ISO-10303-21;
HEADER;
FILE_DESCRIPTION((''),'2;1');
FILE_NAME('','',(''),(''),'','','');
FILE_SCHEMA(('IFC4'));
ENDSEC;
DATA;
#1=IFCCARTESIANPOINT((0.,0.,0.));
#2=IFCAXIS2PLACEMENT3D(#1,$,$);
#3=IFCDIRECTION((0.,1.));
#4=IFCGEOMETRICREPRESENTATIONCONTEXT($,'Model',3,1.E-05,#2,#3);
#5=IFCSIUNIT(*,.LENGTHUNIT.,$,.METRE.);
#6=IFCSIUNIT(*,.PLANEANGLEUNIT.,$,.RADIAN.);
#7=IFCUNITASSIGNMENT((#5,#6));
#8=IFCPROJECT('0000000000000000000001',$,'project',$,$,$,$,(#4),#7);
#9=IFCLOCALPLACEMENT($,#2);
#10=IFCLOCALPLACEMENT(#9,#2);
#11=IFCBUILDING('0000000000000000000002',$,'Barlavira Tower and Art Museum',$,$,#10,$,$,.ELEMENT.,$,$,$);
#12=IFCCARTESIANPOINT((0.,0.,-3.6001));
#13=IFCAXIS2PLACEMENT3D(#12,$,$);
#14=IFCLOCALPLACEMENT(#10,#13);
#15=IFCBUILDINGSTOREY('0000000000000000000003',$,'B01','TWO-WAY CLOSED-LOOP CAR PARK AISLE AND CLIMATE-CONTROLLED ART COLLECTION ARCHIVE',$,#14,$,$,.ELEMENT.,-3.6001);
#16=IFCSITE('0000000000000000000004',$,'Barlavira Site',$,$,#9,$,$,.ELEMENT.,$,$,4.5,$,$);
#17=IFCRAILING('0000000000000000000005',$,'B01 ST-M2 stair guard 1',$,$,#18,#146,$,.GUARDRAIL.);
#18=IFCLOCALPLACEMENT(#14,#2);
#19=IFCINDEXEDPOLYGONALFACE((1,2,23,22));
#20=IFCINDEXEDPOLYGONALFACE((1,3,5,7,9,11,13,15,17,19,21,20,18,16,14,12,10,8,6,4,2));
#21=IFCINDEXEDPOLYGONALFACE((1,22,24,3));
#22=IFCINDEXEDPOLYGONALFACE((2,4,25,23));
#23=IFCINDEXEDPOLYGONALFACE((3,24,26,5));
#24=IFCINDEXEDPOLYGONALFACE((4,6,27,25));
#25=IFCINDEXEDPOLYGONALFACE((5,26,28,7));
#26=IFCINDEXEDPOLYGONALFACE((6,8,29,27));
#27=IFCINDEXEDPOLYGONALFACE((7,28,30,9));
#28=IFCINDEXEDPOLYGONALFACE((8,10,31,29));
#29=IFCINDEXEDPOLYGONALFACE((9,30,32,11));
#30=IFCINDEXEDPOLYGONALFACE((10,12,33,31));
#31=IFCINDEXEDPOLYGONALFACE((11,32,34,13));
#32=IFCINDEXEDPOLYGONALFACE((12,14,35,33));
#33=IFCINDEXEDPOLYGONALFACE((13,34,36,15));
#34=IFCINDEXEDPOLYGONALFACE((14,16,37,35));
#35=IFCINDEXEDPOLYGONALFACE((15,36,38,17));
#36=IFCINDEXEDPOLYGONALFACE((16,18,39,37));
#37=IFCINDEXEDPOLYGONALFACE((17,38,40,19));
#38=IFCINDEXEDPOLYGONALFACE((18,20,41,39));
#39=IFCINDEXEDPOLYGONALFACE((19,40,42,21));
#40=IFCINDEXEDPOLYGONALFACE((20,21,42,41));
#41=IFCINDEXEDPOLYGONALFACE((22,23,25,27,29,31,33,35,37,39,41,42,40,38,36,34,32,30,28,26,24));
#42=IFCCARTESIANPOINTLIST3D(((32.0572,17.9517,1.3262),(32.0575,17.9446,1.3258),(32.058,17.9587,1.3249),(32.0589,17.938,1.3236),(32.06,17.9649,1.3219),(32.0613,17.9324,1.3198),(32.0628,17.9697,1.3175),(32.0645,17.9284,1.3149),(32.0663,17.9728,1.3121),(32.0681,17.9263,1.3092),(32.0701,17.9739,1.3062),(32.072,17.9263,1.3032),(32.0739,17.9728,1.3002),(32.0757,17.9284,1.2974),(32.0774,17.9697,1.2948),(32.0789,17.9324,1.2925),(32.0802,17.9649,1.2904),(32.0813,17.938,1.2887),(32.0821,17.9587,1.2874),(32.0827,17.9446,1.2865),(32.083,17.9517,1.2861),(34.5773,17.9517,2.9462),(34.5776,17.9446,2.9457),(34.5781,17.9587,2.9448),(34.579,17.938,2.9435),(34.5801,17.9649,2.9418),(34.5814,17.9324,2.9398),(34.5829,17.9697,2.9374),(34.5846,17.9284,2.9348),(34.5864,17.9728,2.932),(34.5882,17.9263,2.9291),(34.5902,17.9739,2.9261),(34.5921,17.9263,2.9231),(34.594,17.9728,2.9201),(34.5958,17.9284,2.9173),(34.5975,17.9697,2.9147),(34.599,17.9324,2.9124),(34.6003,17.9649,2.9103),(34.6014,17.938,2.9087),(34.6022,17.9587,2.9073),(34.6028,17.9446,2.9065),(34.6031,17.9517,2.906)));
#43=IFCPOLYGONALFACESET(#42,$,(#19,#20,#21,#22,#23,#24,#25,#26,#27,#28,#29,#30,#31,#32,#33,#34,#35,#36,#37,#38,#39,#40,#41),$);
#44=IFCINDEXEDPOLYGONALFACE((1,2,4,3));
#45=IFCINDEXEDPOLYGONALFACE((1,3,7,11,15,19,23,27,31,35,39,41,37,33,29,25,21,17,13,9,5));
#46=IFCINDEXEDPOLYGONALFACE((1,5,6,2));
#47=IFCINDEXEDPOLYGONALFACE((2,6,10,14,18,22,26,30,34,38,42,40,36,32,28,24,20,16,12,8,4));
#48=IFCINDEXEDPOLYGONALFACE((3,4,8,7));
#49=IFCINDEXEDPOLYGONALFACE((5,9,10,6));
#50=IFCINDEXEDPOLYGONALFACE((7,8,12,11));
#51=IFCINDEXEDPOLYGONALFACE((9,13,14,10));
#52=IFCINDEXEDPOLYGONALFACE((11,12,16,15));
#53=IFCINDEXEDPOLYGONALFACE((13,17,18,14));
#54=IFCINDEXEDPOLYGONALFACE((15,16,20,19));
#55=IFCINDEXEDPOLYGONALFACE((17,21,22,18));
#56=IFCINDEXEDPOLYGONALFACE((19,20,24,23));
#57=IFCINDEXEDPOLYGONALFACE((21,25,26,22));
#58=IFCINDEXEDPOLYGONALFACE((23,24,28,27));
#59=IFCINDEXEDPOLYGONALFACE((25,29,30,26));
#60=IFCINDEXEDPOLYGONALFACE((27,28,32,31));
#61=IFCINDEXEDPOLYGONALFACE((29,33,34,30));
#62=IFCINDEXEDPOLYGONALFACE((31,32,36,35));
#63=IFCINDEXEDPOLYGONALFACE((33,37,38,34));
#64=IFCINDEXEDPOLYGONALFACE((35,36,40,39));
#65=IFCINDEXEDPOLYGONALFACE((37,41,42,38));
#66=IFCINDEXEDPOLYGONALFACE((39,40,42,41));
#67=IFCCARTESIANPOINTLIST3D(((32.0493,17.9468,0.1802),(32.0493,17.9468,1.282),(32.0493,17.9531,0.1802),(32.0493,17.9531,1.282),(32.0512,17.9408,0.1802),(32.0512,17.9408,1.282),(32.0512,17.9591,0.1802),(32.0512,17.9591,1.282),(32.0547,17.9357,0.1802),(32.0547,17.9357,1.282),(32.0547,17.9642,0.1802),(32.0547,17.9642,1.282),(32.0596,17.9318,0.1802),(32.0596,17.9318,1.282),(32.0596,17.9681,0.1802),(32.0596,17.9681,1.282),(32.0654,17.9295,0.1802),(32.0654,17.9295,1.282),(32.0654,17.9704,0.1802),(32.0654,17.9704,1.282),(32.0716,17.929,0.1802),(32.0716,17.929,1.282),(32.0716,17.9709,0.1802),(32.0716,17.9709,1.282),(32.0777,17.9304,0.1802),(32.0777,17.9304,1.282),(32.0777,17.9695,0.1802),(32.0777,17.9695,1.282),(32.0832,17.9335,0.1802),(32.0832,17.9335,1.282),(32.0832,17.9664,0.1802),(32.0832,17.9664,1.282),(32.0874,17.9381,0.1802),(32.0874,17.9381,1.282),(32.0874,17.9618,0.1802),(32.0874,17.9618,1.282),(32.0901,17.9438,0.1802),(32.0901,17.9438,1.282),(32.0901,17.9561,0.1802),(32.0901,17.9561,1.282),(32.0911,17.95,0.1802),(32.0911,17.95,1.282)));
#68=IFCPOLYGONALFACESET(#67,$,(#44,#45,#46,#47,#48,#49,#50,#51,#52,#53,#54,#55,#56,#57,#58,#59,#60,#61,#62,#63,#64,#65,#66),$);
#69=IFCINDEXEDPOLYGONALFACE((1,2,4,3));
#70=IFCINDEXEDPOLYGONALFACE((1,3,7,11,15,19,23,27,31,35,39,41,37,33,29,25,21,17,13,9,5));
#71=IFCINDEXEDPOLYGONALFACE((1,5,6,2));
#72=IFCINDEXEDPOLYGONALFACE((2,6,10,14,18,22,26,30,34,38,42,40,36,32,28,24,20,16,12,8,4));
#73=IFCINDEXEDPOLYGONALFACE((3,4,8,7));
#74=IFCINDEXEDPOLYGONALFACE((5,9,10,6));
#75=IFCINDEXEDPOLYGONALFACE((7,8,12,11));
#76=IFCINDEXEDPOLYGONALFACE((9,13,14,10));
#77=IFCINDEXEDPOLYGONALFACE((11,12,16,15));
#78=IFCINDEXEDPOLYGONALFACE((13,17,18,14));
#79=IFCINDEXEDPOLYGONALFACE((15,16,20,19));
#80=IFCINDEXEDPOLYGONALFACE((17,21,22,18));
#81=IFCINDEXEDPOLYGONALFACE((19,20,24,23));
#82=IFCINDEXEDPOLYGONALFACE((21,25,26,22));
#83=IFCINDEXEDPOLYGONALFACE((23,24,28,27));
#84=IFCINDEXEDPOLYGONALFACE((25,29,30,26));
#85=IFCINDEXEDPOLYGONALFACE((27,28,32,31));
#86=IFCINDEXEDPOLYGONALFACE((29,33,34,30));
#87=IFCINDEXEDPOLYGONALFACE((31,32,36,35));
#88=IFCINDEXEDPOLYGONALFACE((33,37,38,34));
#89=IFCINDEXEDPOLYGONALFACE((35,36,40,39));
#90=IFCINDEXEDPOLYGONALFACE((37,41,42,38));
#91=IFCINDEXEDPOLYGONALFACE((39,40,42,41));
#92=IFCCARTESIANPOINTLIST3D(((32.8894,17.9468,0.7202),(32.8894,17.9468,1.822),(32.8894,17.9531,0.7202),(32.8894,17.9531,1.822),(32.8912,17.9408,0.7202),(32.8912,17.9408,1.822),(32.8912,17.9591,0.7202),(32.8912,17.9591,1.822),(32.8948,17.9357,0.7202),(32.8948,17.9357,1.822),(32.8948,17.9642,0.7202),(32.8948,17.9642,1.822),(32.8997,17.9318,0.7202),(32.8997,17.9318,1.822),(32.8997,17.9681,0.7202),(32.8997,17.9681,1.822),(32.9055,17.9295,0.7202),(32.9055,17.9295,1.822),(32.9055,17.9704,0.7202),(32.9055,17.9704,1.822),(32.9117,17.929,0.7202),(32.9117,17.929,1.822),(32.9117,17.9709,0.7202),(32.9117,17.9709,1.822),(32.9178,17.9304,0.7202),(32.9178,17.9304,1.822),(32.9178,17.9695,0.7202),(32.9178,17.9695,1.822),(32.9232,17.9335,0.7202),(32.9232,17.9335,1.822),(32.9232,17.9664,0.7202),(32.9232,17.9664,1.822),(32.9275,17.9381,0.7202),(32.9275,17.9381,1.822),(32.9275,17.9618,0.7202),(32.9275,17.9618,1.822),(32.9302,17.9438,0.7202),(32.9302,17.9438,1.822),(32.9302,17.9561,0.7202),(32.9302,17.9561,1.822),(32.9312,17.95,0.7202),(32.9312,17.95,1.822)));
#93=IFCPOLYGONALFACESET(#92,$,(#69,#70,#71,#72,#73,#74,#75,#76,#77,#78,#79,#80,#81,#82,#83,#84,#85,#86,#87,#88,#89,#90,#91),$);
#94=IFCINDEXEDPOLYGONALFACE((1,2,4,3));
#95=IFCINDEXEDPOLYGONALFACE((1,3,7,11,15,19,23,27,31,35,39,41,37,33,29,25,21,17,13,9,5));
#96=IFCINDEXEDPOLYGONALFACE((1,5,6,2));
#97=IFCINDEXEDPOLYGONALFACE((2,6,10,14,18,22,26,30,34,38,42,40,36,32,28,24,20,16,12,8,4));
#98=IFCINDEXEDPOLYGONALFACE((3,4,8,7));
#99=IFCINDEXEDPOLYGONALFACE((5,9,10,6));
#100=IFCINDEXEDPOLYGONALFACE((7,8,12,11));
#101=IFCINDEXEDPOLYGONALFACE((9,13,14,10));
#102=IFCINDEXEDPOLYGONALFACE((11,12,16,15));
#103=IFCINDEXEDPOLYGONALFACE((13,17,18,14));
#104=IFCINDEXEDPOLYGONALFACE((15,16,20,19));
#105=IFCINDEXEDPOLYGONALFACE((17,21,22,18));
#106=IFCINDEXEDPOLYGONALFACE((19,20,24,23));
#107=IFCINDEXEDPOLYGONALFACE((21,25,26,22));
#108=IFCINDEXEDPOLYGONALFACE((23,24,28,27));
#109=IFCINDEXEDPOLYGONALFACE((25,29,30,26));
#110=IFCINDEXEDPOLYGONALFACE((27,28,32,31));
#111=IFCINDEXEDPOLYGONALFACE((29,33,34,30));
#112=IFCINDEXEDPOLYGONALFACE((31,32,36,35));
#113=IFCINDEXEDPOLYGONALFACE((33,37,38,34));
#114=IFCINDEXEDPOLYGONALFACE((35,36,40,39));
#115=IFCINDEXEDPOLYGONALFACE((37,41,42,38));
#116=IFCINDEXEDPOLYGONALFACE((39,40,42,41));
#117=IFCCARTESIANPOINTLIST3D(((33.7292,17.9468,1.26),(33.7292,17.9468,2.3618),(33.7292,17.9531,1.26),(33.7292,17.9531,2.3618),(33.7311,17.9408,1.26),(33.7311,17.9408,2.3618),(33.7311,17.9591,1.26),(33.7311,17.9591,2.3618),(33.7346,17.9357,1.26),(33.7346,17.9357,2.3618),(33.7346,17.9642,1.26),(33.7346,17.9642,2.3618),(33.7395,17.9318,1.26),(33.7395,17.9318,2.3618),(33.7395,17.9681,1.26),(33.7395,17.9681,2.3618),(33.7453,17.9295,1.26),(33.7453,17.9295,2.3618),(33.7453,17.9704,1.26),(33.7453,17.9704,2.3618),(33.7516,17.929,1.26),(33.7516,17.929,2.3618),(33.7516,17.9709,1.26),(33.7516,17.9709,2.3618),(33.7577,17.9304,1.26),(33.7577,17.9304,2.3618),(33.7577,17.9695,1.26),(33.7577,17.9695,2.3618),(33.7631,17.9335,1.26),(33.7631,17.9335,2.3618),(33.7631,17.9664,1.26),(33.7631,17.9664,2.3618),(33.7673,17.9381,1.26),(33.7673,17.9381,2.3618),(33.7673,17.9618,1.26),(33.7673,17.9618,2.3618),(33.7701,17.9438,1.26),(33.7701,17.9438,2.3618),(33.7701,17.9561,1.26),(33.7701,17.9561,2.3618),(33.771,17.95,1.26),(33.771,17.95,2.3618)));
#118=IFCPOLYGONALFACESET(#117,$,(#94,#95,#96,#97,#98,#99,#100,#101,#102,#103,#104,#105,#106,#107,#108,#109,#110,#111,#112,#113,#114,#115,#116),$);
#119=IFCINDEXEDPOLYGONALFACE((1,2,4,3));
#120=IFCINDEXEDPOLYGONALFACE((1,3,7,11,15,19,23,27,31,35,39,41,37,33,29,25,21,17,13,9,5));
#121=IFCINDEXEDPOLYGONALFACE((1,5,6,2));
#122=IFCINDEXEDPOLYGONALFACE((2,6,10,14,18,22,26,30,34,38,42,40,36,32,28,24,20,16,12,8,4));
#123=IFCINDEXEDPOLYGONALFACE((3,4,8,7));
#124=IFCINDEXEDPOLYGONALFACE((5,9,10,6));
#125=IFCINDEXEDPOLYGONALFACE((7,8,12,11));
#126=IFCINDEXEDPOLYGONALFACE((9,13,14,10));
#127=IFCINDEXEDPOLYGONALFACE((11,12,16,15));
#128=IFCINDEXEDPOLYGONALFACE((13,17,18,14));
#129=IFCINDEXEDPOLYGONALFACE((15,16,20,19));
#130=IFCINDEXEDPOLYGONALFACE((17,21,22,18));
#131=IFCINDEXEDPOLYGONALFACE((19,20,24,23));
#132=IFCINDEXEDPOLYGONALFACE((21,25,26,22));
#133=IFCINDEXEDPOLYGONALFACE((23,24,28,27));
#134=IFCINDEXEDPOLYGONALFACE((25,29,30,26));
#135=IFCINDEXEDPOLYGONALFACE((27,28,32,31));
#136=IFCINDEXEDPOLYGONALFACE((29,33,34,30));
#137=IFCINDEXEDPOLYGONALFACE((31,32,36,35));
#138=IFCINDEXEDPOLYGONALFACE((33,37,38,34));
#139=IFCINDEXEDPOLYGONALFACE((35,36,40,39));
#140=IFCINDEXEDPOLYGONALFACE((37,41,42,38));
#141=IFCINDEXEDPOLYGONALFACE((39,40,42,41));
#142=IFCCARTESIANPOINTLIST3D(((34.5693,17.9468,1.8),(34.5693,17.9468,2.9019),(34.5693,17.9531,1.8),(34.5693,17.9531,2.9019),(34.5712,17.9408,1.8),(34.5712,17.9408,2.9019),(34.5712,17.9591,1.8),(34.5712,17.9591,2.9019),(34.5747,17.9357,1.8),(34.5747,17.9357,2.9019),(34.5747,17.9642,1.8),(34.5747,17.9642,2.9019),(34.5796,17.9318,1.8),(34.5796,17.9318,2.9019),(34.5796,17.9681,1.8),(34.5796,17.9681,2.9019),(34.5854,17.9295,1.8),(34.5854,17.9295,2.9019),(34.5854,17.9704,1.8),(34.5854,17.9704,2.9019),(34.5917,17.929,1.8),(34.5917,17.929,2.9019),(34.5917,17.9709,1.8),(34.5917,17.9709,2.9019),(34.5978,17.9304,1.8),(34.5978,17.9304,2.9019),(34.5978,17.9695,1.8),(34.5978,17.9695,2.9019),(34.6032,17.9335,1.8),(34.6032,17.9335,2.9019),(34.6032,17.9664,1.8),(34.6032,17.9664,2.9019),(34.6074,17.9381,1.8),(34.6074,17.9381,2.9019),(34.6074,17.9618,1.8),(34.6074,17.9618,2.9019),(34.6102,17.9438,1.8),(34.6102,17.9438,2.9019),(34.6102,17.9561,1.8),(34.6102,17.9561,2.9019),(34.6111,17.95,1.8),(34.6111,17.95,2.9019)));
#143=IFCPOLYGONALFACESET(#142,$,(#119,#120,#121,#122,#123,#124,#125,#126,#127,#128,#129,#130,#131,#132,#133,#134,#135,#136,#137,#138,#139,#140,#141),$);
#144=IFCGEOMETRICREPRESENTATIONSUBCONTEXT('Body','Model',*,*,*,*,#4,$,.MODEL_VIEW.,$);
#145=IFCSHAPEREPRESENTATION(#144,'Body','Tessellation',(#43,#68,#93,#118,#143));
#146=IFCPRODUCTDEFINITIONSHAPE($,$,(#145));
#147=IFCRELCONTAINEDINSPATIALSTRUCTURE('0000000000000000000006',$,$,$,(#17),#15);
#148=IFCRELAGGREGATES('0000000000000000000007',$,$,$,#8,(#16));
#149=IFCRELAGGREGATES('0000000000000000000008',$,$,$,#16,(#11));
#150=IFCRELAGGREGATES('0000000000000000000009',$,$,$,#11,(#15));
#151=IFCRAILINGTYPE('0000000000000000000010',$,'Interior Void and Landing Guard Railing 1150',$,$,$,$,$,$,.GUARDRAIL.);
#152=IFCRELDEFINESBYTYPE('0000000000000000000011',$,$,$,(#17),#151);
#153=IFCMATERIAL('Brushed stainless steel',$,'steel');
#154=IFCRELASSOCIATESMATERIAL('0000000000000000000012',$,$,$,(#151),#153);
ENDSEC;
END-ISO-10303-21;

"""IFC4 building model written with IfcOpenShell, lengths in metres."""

from ifc_helpers import new_model, si_unit, direction, frame, origin, origin_2d, place, context, subcontext, project, spatial, circle, extrude, material, type_object, element, save


model = new_model("IFC4")

# Units and contexts
model_context = context("Model", 3, precision=1e-05, world=origin(), true_north=direction((0.0, 1.0)))
body_context = subcontext(model_context, "Body", "Model", "MODEL_VIEW")
ifc_project = project(units=[si_unit("LENGTHUNIT", "METRE"), si_unit("PLANEANGLEUNIT", "RADIAN")], contexts=[model_context])

# Site, building, storey
site_placement = place(None, origin())
site = spatial("IfcSite", under=ifc_project, at=site_placement, Name="Barlavira Site", CompositionType="ELEMENT", RefElevation=4.5)
building_placement = place(site_placement, origin())
building = spatial("IfcBuilding", under=site, at=building_placement, Name="Barlavira Tower and Art Museum", CompositionType="ELEMENT")
storey_placement = place(building_placement, frame((0.0, 0.0, -3.6001)))
storey = spatial("IfcBuildingStorey", under=building, at=storey_placement, Name="B01", Description="TWO-WAY CLOSED-LOOP CAR PARK AISLE AND CLIMATE-CONTROLLED ART COLLECTION ARCHIVE", CompositionType="ELEMENT", Elevation=-3.6001)

# Shared definitions
ifc_material_1 = material(Name="Brushed stainless steel", Category="steel")

# Railing
railing_type_1 = type_object("IfcRailingType", Name="Interior Void and Landing Guard Railing 1150", PredefinedType="GUARDRAIL", material=ifc_material_1)
railing_1_placement = place(storey_placement, frame((32.0701, 17.95, 0.1802)))
element("IfcRailing", 1, at=railing_1_placement, inside=storey, type_object=railing_type_1, Name="B01 ST-M2 stair guard 1", PredefinedType="GUARDRAIL", context=body_context, shape_type="SweptSolid", body=[
    extrude(circle(Radius=0.0239, at=origin_2d()), frame((0.0, 0.0, 1.126), z_axis=(0.8412, 0.0, 0.540725), x_axis=(0.0, 1.0, 0.0)), (0.0, 0.0, 1.0), 2.9958),
    extrude(circle(Radius=0.021, at=origin_2d()), origin(), (0.0, 0.0, 1.0), 1.1018),
    extrude(circle(Radius=0.021, at=origin_2d()), frame((0.8401, 0.0, 0.54)), (0.0, 0.0, 1.0), 1.1018),
    extrude(circle(Radius=0.021, at=origin_2d()), frame((1.6799, 0.0, 1.0798)), (0.0, 0.0, 1.0), 1.1018),
    extrude(circle(Radius=0.021, at=origin_2d()), frame((2.52, 0.0, 1.6199)), (0.0, 0.0, 1.0), 1.1018),
])

save(model, "model.ifc")
